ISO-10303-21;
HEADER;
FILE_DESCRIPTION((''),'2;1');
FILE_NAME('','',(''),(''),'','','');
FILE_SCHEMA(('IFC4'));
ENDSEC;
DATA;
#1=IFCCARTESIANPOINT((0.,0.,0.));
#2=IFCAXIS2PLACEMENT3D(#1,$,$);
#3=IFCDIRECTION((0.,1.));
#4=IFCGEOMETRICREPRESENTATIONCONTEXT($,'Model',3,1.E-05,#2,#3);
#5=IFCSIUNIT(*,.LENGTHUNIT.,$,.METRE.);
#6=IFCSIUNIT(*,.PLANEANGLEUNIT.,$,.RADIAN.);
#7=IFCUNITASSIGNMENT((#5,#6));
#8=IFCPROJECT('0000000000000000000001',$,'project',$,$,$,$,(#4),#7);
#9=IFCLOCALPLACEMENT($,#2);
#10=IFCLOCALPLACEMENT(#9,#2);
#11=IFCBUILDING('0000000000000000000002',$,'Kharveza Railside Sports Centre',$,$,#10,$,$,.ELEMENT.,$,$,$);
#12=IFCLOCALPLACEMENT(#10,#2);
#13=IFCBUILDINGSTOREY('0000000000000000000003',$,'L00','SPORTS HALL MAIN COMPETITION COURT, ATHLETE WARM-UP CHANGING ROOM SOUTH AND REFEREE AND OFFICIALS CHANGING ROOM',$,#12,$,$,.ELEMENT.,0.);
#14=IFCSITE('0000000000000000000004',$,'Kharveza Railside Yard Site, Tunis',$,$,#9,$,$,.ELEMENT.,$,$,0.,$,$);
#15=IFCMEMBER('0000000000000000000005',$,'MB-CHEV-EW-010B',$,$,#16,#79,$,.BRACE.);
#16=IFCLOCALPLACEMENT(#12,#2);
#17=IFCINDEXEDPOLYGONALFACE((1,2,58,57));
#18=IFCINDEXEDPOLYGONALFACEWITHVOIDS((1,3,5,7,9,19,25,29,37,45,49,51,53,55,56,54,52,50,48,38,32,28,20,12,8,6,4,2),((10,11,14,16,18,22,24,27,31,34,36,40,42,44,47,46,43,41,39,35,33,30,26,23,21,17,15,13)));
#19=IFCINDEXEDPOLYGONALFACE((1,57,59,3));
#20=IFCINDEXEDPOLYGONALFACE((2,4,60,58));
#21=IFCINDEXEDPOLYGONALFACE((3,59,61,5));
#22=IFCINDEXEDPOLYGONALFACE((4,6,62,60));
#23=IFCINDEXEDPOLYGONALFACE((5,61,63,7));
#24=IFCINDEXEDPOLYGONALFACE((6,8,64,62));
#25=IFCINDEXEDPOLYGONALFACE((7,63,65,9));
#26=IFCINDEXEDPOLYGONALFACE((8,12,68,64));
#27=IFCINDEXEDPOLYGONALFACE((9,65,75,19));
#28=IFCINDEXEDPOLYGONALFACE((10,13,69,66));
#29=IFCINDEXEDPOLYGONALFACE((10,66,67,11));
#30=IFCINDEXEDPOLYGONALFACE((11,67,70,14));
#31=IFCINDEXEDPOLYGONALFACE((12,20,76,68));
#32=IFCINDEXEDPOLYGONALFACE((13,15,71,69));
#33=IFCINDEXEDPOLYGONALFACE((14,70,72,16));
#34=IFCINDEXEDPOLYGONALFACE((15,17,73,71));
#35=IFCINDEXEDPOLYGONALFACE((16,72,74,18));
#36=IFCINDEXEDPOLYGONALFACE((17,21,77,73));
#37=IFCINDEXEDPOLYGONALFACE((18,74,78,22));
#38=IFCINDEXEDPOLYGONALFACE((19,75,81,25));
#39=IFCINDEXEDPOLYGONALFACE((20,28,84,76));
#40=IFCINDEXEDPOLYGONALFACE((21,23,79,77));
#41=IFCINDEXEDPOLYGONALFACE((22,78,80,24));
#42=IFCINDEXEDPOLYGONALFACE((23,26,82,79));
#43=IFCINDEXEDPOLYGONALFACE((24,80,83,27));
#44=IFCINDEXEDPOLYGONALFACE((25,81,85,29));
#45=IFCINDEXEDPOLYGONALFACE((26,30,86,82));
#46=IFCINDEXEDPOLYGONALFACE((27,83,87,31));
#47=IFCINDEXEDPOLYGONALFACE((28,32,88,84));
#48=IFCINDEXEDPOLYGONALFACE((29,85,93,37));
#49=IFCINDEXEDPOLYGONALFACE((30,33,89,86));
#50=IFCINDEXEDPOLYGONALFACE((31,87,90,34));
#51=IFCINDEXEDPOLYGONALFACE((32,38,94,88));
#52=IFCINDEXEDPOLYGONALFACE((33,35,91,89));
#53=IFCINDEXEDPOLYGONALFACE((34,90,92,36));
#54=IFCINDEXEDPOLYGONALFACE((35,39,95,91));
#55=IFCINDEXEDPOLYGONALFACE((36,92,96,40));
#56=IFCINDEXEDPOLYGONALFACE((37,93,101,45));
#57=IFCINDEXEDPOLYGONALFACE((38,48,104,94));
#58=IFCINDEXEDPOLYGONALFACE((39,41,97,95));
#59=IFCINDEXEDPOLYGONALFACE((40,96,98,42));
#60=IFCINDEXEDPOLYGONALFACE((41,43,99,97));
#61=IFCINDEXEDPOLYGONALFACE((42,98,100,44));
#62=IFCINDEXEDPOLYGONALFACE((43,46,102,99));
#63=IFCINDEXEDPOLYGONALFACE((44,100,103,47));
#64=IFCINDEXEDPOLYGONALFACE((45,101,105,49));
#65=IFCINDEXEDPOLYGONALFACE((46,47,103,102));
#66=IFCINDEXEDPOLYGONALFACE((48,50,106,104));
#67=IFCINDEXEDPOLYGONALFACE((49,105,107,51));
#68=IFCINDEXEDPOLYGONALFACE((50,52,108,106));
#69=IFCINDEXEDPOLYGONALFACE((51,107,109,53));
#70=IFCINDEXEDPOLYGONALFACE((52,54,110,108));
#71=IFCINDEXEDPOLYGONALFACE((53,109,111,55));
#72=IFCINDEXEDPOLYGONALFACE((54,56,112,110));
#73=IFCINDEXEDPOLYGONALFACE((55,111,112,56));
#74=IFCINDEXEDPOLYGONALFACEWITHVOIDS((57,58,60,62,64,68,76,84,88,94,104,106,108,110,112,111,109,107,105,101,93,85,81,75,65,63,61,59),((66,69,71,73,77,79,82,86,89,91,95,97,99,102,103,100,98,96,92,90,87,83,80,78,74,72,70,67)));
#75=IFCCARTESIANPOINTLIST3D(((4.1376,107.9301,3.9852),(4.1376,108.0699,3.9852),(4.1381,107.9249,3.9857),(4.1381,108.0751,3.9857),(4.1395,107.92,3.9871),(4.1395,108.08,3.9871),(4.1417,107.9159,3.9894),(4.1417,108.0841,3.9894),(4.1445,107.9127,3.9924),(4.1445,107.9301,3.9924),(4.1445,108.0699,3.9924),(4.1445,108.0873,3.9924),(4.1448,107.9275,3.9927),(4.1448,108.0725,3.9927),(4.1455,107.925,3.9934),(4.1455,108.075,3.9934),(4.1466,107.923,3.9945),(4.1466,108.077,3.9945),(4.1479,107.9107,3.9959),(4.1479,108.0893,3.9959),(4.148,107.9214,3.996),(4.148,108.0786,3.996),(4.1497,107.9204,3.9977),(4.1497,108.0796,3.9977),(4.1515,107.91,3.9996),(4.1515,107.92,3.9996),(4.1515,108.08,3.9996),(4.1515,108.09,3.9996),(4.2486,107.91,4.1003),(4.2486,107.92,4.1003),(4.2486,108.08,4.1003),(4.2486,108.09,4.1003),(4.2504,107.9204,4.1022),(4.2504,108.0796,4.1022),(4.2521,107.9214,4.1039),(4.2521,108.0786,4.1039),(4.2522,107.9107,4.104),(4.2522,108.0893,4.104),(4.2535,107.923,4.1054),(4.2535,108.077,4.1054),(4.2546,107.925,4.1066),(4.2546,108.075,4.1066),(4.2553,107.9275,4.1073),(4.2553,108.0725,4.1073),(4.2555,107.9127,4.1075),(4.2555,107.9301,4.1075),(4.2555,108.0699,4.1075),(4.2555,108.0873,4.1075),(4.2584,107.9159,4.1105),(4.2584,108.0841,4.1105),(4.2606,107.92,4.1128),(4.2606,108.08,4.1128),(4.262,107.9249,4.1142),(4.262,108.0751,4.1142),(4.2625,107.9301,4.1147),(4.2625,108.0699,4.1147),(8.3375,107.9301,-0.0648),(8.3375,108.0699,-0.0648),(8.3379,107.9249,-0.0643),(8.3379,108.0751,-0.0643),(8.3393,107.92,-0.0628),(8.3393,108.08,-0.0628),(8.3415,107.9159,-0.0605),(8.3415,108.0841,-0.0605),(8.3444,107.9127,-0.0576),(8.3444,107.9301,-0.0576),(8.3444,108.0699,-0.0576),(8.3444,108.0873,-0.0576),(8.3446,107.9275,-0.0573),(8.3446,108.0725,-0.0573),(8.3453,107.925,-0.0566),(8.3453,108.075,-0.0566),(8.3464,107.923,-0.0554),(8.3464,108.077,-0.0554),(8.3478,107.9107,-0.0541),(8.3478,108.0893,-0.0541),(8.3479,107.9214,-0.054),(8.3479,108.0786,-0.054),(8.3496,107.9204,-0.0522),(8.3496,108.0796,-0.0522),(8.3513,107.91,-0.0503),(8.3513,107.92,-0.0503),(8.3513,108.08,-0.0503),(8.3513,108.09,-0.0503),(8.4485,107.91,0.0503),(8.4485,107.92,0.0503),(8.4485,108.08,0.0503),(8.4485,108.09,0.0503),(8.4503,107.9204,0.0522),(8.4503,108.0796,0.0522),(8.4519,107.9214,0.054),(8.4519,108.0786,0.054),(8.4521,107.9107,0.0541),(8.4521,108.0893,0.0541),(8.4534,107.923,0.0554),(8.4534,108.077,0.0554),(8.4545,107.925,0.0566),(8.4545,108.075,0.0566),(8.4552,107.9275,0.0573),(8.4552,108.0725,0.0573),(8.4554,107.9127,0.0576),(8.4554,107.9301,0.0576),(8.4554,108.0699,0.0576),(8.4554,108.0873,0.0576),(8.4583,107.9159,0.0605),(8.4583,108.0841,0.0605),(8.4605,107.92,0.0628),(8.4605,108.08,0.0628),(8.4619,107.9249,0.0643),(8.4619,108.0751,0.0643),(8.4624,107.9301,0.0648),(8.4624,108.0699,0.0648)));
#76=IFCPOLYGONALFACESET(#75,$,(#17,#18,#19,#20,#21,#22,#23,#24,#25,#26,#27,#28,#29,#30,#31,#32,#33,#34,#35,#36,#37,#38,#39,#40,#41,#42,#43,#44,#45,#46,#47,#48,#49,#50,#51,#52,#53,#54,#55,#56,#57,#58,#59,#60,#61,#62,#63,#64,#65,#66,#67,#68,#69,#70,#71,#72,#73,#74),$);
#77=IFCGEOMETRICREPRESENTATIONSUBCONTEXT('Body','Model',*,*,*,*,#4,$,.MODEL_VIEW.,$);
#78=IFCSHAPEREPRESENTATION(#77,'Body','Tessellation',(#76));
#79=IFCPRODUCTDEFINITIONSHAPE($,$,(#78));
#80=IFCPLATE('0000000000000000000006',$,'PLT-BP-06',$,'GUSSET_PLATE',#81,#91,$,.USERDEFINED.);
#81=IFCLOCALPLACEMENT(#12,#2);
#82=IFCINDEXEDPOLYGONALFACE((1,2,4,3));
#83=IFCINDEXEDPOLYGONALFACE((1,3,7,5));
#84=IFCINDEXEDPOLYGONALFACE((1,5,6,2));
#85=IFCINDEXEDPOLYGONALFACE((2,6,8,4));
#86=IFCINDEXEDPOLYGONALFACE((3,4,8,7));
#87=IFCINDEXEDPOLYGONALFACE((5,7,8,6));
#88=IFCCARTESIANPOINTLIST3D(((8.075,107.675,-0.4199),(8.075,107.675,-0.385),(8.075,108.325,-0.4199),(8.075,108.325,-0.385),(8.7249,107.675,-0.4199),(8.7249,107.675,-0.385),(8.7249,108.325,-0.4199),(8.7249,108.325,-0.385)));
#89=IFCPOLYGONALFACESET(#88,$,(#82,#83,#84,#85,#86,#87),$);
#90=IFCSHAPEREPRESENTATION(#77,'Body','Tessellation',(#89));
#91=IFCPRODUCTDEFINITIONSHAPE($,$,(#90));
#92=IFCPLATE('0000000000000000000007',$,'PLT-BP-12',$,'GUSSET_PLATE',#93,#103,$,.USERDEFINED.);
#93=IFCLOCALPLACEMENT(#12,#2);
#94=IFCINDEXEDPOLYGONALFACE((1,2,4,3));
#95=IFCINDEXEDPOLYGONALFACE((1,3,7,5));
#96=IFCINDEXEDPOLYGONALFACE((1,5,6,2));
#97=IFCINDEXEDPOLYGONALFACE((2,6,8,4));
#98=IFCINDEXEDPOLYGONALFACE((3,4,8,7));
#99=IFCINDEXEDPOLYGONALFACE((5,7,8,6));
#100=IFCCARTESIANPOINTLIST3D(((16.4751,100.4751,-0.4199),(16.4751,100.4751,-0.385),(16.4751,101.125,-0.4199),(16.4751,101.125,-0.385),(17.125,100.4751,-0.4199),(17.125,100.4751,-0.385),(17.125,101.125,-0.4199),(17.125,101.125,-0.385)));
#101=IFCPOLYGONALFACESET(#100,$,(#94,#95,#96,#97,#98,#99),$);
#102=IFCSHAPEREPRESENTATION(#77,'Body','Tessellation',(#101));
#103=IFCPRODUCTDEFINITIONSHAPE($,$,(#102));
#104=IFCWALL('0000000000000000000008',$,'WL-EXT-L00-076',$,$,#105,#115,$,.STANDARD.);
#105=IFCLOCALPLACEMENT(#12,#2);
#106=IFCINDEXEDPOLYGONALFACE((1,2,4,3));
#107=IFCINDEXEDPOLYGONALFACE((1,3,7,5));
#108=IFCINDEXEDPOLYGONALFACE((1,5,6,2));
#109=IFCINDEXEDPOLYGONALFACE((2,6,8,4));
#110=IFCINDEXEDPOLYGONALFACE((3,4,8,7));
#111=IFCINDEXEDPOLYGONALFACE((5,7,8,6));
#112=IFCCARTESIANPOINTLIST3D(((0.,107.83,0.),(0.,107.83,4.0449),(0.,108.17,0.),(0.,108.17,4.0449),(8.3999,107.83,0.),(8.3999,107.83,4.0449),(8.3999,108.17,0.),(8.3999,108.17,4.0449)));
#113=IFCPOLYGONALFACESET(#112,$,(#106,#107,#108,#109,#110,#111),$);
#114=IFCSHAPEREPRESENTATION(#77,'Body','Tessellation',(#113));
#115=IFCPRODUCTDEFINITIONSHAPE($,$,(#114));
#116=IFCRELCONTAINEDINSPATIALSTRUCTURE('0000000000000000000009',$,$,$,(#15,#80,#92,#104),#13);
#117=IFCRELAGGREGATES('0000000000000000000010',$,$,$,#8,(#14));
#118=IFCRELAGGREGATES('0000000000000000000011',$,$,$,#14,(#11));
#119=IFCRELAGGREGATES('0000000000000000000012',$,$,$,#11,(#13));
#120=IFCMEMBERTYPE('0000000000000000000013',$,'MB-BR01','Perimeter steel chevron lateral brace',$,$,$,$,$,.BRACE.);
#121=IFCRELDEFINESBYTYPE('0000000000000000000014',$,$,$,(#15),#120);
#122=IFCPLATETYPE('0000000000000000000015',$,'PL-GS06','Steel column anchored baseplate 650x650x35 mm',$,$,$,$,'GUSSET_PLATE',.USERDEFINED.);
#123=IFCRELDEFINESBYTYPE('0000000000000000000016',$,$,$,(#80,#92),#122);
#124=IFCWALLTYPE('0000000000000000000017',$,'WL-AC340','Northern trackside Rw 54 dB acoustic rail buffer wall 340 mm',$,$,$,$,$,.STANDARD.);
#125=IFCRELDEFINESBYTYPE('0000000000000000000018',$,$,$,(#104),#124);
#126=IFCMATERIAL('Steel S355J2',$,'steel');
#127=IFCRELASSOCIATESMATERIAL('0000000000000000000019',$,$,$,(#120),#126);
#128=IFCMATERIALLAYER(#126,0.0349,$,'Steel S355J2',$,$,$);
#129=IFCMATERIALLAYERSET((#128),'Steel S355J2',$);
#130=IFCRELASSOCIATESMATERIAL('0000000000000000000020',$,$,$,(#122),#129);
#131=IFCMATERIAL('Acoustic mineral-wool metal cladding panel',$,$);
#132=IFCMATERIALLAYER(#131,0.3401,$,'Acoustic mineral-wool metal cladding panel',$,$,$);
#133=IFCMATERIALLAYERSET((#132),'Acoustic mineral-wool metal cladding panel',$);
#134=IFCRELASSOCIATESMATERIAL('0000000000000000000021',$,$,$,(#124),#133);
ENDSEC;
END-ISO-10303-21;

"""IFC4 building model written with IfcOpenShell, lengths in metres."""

from ifc_helpers import new_model, si_unit, direction, frame, frame_2d, origin, origin_2d, place, context, subcontext, project, spatial, rectangle, hollow_rectangle, extrude, material, layer, layer_set, material_profile, profile_set, type_object, element, save


model = new_model("IFC4")

# Units and contexts
model_context = context("Model", 3, precision=1e-05, world=origin(), true_north=direction((0.0, 1.0)))
body_context = subcontext(model_context, "Body", "Model", "MODEL_VIEW")
ifc_project = project(units=[si_unit("LENGTHUNIT", "METRE"), si_unit("PLANEANGLEUNIT", "RADIAN")], contexts=[model_context])

# Site, building, storey
site_placement = place(None, origin())
site = spatial("IfcSite", under=ifc_project, at=site_placement, Name="Kharveza Railside Yard Site, Tunis", CompositionType="ELEMENT", RefElevation=0.0)
building_placement = place(site_placement, origin())
building = spatial("IfcBuilding", under=site, at=building_placement, Name="Kharveza Railside Sports Centre", CompositionType="ELEMENT")
storey_placement = place(building_placement, origin())
storey = spatial("IfcBuildingStorey", under=building, at=storey_placement, Name="L00", Description="SPORTS HALL MAIN COMPETITION COURT, ATHLETE WARM-UP CHANGING ROOM SOUTH AND REFEREE AND OFFICIALS CHANGING ROOM", CompositionType="ELEMENT", Elevation=0.0)

# Shared definitions
ifc_material_1 = material(Name="Steel S355J2", Category="steel")

# Member
ifc_material_profile_1 = material_profile(ifc_material_1, hollow_rectangle(XDim=0.1799, YDim=0.1799, WallThickness=0.01, InnerFilletRadius=0.01, OuterFilletRadius=0.02, at=origin_2d()), Name="SHS 180x180x10.0")
ifc_profile_set_1 = profile_set([ifc_material_profile_1], Name="Steel S355J2")
member_type = type_object("IfcMemberType", Name="MB-BR01", Description="Perimeter steel chevron lateral brace", PredefinedType="BRACE", material=ifc_profile_set_1)
member_placement = place(storey_placement, frame((8.3999, 108.0, 0.0), z_axis=(-0.719836, 0.0, 0.694144), x_axis=(0.0, -1.0, 0.0)))
element("IfcMember", 1, at=member_placement, inside=storey, type_object=member_type, Name="MB-CHEV-EW-010B", PredefinedType="BRACE", context=body_context, shape_type="SweptSolid", body=[
    extrude(hollow_rectangle(XDim=0.1799, YDim=0.1799, WallThickness=0.01, InnerFilletRadius=0.01, OuterFilletRadius=0.02, at=origin_2d()), origin(), (0.0, 0.0, 1.0), 5.8345),
])

# Plates
ifc_layer_1 = layer(ifc_material_1, 0.0349, Name="Steel S355J2")
ifc_layer_set_1 = layer_set([ifc_layer_1], Name="Steel S355J2")
plate_type = type_object("IfcPlateType", Name="PL-GS06", Description="Steel column anchored baseplate 650x650x35 mm", ElementType="GUSSET_PLATE", PredefinedType="USERDEFINED", material=ifc_layer_set_1)
for number, where, z_axis, x_axis, name in (
    (2, (8.3999, 108.0, -0.4199), (0.0, 0.0, 1.0), (1.0, 0.0, 0.0), "PLT-BP-06"),
    (3, (16.8, 100.8, -0.4199), (0.0, 0.0, 1.0), (1.0, 0.0, 0.0), "PLT-BP-12"),
):
    element("IfcPlate", number, at=place(storey_placement, frame(where, z_axis=z_axis, x_axis=x_axis)), inside=storey, type_object=plate_type, Name=name, ObjectType="GUSSET_PLATE", PredefinedType="USERDEFINED", context=body_context, shape_type="SweptSolid", body=[
        extrude(rectangle(XDim=0.6499, YDim=0.6499, at=origin_2d()), origin(), (0.0, 0.0, 1.0), 0.0349),
    ])

# Wall
ifc_material_2 = material(Name="Acoustic mineral-wool metal cladding panel")
ifc_layer_2 = layer(ifc_material_2, 0.3401, Name="Acoustic mineral-wool metal cladding panel")
ifc_layer_set_2 = layer_set([ifc_layer_2], Name="Acoustic mineral-wool metal cladding panel")
wall_type = type_object("IfcWallType", Name="WL-AC340", Description="Northern trackside Rw 54 dB acoustic rail buffer wall 340 mm", PredefinedType="STANDARD", material=ifc_layer_set_2)
wall_placement = place(storey_placement, frame((8.3999, 108.0, 0.0), z_axis=(0.0, 0.0, 1.0), x_axis=(-1.0, 0.0, 0.0)))
element("IfcWall", 4, at=wall_placement, inside=storey, type_object=wall_type, Name="WL-EXT-L00-076", PredefinedType="STANDARD", context=body_context, shape_type="SweptSolid", body=[
    extrude(rectangle(XDim=8.3999, YDim=0.3401, at=frame_2d((4.2, 0.0))), origin(), (0.0, 0.0, 1.0), 4.0449),
])

save(model, "model.ifc")
